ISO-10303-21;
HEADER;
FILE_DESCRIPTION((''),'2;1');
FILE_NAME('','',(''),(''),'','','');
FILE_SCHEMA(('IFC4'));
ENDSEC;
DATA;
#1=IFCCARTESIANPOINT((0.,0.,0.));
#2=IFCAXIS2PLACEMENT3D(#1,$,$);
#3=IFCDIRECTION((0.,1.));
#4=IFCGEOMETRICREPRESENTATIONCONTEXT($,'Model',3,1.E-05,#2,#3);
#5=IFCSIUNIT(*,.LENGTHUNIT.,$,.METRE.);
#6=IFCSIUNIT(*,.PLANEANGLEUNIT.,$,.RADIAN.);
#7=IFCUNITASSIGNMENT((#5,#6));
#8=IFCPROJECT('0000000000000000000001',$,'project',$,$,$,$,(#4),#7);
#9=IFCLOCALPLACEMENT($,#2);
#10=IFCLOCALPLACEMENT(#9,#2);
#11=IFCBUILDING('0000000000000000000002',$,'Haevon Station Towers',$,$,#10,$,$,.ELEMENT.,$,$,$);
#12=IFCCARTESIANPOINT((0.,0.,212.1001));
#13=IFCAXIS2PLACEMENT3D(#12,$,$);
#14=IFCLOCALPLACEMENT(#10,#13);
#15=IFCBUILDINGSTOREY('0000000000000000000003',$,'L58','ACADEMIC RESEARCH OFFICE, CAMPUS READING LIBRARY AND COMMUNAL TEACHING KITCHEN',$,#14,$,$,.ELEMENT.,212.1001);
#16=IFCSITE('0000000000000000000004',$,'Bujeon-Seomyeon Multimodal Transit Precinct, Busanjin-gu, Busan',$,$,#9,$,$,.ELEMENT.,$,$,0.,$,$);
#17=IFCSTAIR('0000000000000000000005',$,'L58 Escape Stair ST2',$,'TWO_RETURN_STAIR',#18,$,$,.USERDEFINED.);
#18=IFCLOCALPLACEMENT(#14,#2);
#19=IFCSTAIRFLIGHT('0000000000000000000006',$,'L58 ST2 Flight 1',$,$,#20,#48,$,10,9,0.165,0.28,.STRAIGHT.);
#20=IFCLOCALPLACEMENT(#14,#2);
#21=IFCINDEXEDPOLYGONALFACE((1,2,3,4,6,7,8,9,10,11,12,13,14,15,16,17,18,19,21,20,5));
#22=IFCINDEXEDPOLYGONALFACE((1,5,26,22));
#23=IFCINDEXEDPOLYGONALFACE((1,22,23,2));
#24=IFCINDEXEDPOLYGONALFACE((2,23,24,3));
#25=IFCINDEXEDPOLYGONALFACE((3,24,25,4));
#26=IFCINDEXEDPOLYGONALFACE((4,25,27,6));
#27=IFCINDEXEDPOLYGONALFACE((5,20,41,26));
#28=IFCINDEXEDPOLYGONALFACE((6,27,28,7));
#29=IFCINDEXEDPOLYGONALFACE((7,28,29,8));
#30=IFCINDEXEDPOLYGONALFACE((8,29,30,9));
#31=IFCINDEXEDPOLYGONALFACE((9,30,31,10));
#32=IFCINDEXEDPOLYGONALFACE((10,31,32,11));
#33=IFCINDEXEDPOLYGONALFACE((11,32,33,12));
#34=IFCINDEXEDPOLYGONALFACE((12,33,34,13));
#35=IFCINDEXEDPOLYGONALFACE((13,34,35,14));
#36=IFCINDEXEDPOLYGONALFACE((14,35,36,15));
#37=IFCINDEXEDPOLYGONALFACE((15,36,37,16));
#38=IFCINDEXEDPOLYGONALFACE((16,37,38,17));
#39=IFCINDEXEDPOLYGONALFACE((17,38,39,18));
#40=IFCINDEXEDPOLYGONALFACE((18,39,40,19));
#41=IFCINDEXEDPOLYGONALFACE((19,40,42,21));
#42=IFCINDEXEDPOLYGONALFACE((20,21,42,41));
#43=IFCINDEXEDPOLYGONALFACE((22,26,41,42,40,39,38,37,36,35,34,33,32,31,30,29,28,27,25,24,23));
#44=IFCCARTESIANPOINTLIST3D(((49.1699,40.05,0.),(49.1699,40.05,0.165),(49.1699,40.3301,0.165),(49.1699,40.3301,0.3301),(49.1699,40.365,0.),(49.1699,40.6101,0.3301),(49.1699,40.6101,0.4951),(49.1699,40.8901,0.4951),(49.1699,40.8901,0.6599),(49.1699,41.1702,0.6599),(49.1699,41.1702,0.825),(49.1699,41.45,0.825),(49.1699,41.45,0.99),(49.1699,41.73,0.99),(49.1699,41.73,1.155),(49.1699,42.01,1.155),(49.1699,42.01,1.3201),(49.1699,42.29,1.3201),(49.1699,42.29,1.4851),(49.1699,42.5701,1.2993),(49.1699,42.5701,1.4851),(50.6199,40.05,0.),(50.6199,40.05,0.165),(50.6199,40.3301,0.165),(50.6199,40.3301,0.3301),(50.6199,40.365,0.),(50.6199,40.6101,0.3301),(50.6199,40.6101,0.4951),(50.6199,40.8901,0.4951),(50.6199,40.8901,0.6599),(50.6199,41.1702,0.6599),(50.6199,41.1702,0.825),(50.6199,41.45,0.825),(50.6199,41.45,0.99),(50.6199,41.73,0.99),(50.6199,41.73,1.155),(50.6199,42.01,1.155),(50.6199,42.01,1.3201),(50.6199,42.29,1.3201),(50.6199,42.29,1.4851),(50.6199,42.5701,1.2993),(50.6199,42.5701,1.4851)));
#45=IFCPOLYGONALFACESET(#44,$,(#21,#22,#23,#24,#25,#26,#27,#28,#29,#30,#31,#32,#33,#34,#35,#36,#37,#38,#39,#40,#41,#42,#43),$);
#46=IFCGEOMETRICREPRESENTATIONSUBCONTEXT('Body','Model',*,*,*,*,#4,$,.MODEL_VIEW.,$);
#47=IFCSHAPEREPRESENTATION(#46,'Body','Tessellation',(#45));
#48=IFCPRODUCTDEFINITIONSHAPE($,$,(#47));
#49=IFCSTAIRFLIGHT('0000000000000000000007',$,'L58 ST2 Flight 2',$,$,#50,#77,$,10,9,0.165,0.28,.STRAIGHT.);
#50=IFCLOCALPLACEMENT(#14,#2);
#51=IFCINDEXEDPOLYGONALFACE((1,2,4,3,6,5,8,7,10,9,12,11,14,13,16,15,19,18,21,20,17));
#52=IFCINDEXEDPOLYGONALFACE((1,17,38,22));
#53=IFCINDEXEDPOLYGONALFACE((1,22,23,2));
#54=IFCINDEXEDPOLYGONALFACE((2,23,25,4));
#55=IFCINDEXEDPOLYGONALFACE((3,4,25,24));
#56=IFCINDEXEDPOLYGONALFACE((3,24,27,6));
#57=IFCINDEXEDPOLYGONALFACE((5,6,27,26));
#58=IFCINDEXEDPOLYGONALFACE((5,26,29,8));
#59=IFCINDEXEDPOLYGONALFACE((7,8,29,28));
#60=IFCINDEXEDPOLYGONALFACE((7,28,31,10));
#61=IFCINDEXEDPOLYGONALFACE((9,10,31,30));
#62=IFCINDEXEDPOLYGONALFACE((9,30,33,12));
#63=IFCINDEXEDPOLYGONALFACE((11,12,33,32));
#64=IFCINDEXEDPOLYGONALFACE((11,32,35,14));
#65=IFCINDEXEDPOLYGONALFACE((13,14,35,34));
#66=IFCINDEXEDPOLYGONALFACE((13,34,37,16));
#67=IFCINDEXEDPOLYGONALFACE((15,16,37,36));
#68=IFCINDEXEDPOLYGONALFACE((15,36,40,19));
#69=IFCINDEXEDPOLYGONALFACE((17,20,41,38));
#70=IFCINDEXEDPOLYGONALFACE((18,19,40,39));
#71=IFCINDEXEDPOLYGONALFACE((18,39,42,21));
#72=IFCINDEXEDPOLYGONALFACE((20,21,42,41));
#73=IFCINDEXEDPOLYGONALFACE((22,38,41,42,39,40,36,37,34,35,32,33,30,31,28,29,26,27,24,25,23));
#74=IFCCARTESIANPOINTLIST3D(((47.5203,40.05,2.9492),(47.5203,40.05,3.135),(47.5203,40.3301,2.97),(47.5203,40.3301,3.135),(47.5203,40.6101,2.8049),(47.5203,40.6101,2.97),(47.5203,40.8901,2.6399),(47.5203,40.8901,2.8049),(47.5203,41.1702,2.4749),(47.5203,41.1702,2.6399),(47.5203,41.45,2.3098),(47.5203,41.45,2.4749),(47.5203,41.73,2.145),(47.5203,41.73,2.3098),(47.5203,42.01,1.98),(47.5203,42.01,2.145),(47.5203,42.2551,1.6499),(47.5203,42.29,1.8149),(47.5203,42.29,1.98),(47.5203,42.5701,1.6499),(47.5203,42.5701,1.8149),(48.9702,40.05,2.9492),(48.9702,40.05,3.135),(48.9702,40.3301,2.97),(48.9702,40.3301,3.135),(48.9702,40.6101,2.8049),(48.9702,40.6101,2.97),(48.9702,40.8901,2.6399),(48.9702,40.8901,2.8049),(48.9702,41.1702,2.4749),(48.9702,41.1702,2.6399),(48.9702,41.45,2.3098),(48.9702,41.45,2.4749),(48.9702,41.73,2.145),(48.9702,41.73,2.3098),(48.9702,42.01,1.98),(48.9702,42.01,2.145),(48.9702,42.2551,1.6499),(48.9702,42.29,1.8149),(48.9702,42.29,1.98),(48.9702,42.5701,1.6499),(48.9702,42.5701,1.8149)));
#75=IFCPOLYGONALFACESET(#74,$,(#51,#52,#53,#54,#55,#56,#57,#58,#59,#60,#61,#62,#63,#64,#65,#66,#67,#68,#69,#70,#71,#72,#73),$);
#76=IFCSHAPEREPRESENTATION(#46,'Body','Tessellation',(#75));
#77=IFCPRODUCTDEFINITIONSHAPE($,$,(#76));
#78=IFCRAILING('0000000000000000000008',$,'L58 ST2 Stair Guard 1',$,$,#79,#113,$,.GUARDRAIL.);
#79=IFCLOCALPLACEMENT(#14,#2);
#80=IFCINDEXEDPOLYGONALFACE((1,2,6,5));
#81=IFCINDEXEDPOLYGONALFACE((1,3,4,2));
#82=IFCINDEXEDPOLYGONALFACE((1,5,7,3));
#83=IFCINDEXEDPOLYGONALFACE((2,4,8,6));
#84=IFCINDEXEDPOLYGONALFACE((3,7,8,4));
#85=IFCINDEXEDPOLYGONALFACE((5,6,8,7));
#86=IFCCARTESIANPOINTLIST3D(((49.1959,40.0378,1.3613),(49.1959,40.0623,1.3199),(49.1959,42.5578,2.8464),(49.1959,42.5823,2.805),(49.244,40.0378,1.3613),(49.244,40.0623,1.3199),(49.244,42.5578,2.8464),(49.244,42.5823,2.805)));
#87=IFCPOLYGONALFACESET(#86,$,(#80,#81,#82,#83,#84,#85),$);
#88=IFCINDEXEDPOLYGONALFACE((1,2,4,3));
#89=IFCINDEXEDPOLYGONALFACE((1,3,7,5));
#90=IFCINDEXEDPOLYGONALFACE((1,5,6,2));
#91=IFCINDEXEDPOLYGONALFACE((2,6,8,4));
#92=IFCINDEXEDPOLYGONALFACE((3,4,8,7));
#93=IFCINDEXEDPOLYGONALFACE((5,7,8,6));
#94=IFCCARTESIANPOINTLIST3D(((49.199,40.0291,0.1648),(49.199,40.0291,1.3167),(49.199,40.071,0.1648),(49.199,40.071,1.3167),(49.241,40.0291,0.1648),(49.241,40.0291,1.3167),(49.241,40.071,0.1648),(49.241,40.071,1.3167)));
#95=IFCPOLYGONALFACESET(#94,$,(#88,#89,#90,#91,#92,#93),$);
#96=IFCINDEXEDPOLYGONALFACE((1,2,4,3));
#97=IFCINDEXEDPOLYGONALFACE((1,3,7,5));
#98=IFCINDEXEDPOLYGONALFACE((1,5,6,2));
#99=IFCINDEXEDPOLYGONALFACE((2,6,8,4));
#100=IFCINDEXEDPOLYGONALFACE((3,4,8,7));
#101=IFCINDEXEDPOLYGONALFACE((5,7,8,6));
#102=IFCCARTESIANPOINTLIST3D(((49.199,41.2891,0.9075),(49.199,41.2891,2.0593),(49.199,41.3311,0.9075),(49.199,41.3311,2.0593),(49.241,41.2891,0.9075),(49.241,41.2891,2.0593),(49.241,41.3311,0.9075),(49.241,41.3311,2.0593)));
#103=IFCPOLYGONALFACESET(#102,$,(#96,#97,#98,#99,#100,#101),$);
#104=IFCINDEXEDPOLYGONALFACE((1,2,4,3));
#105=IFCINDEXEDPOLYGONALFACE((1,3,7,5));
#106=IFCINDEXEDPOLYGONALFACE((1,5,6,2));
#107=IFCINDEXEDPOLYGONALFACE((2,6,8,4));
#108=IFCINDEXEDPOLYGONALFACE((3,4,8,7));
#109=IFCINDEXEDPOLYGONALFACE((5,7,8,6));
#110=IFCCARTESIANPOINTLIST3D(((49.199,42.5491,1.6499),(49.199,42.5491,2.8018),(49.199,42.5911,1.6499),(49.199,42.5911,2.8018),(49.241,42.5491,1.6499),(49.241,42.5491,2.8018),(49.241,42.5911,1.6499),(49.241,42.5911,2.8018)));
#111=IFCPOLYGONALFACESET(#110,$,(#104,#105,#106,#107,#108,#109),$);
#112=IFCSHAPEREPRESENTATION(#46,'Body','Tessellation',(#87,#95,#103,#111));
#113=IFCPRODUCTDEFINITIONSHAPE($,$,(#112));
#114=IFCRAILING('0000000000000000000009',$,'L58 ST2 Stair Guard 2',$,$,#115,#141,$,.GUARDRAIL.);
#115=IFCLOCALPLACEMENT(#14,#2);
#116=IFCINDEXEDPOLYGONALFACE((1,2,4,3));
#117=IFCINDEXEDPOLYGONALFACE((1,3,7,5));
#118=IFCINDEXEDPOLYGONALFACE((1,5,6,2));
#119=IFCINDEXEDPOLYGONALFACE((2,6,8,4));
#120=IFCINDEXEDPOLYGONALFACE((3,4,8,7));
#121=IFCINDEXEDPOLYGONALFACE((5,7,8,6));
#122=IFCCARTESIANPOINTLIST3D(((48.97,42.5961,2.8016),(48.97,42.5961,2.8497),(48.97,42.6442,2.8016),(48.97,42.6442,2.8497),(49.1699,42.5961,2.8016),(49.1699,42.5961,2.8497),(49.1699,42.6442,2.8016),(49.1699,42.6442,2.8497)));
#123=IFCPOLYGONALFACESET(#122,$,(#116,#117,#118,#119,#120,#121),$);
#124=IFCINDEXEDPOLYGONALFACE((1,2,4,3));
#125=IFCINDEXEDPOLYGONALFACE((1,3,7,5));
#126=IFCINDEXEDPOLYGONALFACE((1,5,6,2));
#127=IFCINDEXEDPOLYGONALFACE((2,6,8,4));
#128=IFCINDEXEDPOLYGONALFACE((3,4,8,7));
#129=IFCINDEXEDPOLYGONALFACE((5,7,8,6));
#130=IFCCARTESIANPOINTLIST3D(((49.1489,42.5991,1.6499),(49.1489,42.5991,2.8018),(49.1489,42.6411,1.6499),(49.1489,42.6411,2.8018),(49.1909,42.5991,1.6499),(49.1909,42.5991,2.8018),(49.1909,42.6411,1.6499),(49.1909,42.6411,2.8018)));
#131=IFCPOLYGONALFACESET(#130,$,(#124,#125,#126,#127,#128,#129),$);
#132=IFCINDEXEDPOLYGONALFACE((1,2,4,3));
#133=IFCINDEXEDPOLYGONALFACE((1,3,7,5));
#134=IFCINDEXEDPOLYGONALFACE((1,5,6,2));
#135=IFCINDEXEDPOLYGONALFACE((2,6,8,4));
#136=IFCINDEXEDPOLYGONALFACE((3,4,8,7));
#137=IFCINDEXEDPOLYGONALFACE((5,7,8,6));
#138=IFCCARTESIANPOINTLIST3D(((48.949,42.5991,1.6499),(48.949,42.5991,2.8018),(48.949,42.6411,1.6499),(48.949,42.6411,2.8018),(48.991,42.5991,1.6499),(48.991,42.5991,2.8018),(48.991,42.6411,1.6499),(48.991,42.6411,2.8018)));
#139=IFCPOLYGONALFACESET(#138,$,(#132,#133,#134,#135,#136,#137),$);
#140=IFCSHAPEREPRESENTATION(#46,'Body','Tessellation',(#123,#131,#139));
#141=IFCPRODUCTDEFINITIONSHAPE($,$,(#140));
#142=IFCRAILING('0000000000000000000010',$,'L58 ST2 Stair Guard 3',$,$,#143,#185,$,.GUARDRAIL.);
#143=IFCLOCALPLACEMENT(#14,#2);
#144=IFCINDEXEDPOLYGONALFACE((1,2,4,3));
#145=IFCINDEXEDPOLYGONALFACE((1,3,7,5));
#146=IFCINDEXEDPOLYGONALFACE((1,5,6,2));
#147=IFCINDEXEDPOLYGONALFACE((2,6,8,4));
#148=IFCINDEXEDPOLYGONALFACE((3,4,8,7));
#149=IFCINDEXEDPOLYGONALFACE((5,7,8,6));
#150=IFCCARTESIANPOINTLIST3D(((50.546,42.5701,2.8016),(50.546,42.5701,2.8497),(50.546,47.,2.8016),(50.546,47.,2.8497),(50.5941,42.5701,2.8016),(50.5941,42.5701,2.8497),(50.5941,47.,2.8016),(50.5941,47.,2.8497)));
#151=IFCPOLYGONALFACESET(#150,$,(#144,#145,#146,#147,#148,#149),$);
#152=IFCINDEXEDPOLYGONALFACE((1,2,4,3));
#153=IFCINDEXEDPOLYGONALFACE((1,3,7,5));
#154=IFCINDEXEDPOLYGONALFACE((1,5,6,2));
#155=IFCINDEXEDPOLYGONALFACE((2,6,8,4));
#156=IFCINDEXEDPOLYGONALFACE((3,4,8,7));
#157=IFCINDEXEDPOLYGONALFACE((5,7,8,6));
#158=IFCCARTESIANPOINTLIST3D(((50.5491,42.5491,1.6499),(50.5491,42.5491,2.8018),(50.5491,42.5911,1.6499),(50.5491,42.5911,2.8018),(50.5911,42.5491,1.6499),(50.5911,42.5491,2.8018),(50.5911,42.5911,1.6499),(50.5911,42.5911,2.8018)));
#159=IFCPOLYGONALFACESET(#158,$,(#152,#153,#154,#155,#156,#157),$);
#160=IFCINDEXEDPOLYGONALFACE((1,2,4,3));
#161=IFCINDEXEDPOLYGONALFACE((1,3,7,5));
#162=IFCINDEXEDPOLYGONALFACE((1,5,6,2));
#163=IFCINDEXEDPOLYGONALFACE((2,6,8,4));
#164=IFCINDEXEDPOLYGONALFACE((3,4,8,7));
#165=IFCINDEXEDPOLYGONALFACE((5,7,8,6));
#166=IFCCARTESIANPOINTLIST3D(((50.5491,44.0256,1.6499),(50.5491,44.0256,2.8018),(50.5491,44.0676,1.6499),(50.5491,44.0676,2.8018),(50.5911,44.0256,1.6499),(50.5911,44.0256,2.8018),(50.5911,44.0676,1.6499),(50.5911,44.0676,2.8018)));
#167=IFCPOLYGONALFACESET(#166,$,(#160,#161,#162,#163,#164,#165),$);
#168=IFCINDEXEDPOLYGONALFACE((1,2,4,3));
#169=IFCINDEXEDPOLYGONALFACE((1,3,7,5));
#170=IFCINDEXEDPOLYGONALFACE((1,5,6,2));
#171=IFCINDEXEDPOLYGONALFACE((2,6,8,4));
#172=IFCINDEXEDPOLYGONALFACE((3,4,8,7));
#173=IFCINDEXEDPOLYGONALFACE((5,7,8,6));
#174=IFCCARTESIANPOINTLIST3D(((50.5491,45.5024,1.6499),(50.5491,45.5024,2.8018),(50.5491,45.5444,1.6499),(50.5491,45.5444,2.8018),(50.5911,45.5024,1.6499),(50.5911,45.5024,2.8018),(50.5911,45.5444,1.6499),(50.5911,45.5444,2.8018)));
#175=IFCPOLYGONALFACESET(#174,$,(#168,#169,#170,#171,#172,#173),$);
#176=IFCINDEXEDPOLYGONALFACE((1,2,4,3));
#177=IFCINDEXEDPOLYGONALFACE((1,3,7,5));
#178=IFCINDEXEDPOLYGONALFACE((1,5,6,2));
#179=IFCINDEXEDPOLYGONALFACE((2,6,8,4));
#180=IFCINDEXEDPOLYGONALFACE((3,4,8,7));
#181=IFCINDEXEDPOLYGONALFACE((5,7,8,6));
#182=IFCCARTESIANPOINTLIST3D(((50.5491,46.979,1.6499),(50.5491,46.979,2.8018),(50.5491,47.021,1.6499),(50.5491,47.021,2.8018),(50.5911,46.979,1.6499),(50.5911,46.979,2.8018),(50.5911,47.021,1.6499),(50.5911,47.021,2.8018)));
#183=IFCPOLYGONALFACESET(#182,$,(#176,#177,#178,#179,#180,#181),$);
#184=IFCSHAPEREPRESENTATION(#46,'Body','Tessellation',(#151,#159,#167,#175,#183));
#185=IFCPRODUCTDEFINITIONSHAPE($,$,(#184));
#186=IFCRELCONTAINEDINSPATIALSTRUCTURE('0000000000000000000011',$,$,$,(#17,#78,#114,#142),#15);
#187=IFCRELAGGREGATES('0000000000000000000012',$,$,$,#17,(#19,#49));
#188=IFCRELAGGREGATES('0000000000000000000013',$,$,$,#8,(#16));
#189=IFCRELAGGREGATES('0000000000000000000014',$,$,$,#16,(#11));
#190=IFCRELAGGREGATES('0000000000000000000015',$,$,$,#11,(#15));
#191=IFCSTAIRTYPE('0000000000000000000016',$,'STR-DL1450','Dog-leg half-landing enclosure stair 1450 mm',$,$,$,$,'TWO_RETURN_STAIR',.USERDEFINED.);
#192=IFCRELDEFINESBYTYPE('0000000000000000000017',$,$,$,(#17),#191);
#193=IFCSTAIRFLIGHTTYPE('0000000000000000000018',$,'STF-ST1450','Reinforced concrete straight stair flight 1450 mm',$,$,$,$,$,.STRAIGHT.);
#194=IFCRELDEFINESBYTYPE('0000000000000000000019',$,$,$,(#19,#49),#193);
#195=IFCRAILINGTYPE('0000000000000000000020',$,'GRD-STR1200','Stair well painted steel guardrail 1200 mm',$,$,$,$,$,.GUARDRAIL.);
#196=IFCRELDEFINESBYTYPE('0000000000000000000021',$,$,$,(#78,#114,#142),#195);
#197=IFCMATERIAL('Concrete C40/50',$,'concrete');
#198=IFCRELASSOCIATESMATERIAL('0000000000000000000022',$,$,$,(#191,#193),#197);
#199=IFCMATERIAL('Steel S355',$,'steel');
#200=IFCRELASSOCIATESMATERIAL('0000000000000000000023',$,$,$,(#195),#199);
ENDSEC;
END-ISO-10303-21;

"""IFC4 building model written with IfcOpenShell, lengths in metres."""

from ifc_helpers import new_model, si_unit, direction, frame, origin, origin_2d, place, context, subcontext, project, spatial, polyline, rectangle, outline, extrude, material, type_object, element, aggregate, save


model = new_model("IFC4")

# Units and contexts
model_context = context("Model", 3, precision=1e-05, world=origin(), true_north=direction((0.0, 1.0)))
body_context = subcontext(model_context, "Body", "Model", "MODEL_VIEW")
ifc_project = project(units=[si_unit("LENGTHUNIT", "METRE"), si_unit("PLANEANGLEUNIT", "RADIAN")], contexts=[model_context])

# Site, building, storey
site_placement = place(None, origin())
site = spatial("IfcSite", under=ifc_project, at=site_placement, Name="Bujeon-Seomyeon Multimodal Transit Precinct, Busanjin-gu, Busan", CompositionType="ELEMENT", RefElevation=0.0)
building_placement = place(site_placement, origin())
building = spatial("IfcBuilding", under=site, at=building_placement, Name="Haevon Station Towers", CompositionType="ELEMENT")
storey_placement = place(building_placement, frame((0.0, 0.0, 212.1001)))
storey = spatial("IfcBuildingStorey", under=building, at=storey_placement, Name="L58", Description="ACADEMIC RESEARCH OFFICE, CAMPUS READING LIBRARY AND COMMUNAL TEACHING KITCHEN", CompositionType="ELEMENT", Elevation=212.1001)

# Shared definitions
ifc_material_1 = material(Name="Steel S355", Category="steel")

# Stair, stair flights
ifc_material_2 = material(Name="Concrete C40/50", Category="concrete")
stair_type = type_object("IfcStairType", Name="STR-DL1450", Description="Dog-leg half-landing enclosure stair 1450 mm", ElementType="TWO_RETURN_STAIR", PredefinedType="USERDEFINED", material=ifc_material_2)
stair_placement = place(storey_placement, origin())
stair = element("IfcStair", 1, at=stair_placement, inside=storey, type_object=stair_type, Name="L58 Escape Stair ST2", ObjectType="TWO_RETURN_STAIR", PredefinedType="USERDEFINED")
stair_flight_type = type_object("IfcStairFlightType", Name="STF-ST1450", Description="Reinforced concrete straight stair flight 1450 mm", PredefinedType="STRAIGHT", material=ifc_material_2)
stair_flight_1_placement = place(storey_placement, frame((49.895, 40.05, 0.0), z_axis=(0.0, 0.0, 1.0), x_axis=(0.0, 1.0, 0.0)))
stair_flight_1 = element("IfcStairFlight", 2, at=stair_flight_1_placement, type_object=stair_flight_type, Name="L58 ST2 Flight 1", NumberOfRisers=10, NumberOfTreads=9, PredefinedType="STRAIGHT", RiserHeight=0.165, TreadLength=0.28, context=body_context, shape_type="SweptSolid", body=[
    extrude(outline(polyline([(0.0, 0.0), (0.0, 0.165), (0.28, 0.165), (0.28, 0.3301), (0.5601, 0.3301), (0.5601, 0.4951), (0.8401, 0.4951), (0.8401, 0.6599), (1.1201, 0.6599), (1.1201, 0.825), (1.3999, 0.825), (1.3999, 0.99), (1.6799, 0.99), (1.6799, 1.155), (1.96, 1.155), (1.96, 1.3201), (2.24, 1.3201), (2.24, 1.4851), (2.52, 1.4851), (2.52, 1.6499), (2.52, 1.2993), (0.3149, 0.0), (0.0, 0.0)])), frame((0.0, 0.7251, 0.0), z_axis=(0.0, -1.0, 0.0), x_axis=(1.0, 0.0, 0.0)), (0.0, 0.0, 1.0), 1.45),
])
stair_flight_2_placement = place(storey_placement, frame((48.2451, 42.5701, 1.6499), z_axis=(0.0, 0.0, 1.0), x_axis=(0.0, -1.0, 0.0)))
stair_flight_2 = element("IfcStairFlight", 3, at=stair_flight_2_placement, type_object=stair_flight_type, Name="L58 ST2 Flight 2", NumberOfRisers=10, NumberOfTreads=9, PredefinedType="STRAIGHT", RiserHeight=0.165, TreadLength=0.28, context=body_context, shape_type="SweptSolid", body=[
    extrude(outline(polyline([(0.0, 0.0), (0.0, 0.165), (0.28, 0.165), (0.28, 0.3301), (0.5601, 0.3301), (0.5601, 0.4951), (0.8401, 0.4951), (0.8401, 0.6599), (1.1201, 0.6599), (1.1201, 0.825), (1.3999, 0.825), (1.3999, 0.99), (1.6799, 0.99), (1.6799, 1.155), (1.96, 1.155), (1.96, 1.3201), (2.24, 1.3201), (2.24, 1.4851), (2.52, 1.4851), (2.52, 1.6499), (2.52, 1.2993), (0.3149, 0.0), (0.0, 0.0)])), frame((0.0, 0.7251, 0.0), z_axis=(0.0, -1.0, 0.0), x_axis=(1.0, 0.0, 0.0)), (0.0, 0.0, 1.0), 1.45),
])
aggregate(stair, [stair_flight_1, stair_flight_2])

# Railings
railing_type_1 = type_object("IfcRailingType", Name="GRD-STR1200", Description="Stair well painted steel guardrail 1200 mm", PredefinedType="GUARDRAIL", material=ifc_material_1)
railing_1_placement = place(storey_placement, frame((49.22, 40.05, 0.1648)))
element("IfcRailing", 4, at=railing_1_placement, inside=storey, type_object=railing_type_1, Name="L58 ST2 Stair Guard 1", PredefinedType="GUARDRAIL", context=body_context, shape_type="SweptSolid", body=[
    extrude(rectangle(XDim=0.0481, YDim=0.0481, at=origin_2d()), frame((0.0, 0.0, 1.1758), z_axis=(0.0, 0.861524, 0.507717), x_axis=(-1.0, 0.0, 0.0)), (0.0, 0.0, 1.0), 2.925),
    extrude(rectangle(XDim=0.042, YDim=0.042, at=origin_2d()), origin(), (0.0, 0.0, 1.0), 1.1519),
    extrude(rectangle(XDim=0.042, YDim=0.042, at=origin_2d()), frame((0.0, 1.26, 0.7427)), (0.0, 0.0, 1.0), 1.1519),
    extrude(rectangle(XDim=0.042, YDim=0.042, at=origin_2d()), frame((0.0, 2.52, 1.4851)), (0.0, 0.0, 1.0), 1.1519),
])
railing_2_placement = place(storey_placement, frame((49.1699, 42.6201, 1.6499)))
element("IfcRailing", 5, at=railing_2_placement, inside=storey, type_object=railing_type_1, Name="L58 ST2 Stair Guard 2", PredefinedType="GUARDRAIL", context=body_context, shape_type="SweptSolid", body=[
    extrude(rectangle(XDim=0.0481, YDim=0.0481, at=origin_2d()), frame((0.0, 0.0, 1.1758), z_axis=(-1.0, 0.0, 0.0), x_axis=(0.0, -1.0, 0.0)), (0.0, 0.0, 1.0), 0.2),
    extrude(rectangle(XDim=0.042, YDim=0.042, at=origin_2d()), origin(), (0.0, 0.0, 1.0), 1.1519),
    extrude(rectangle(XDim=0.042, YDim=0.042, at=origin_2d()), frame((-0.2, 0.0, 0.0)), (0.0, 0.0, 1.0), 1.1519),
])
for number, where, name in (
    (6, (50.5701, 42.5701, 1.6499), "L58 ST2 Stair Guard 3"),
):
    element("IfcRailing", number, at=place(storey_placement, frame(where)), inside=storey, type_object=railing_type_1, Name=name, PredefinedType="GUARDRAIL", context=body_context, shape_type="SweptSolid", body=[
        extrude(rectangle(XDim=0.0481, YDim=0.0481, at=origin_2d()), frame((0.0, 0.0, 1.1758), z_axis=(0.0, 1.0, 0.0), x_axis=(-1.0, 0.0, 0.0)), (0.0, 0.0, 1.0), 4.4299),
        extrude(rectangle(XDim=0.042, YDim=0.042, at=origin_2d()), origin(), (0.0, 0.0, 1.0), 1.1519),
        extrude(rectangle(XDim=0.042, YDim=0.042, at=origin_2d()), frame((0.0, 1.4766, 0.0)), (0.0, 0.0, 1.0), 1.1519),
        extrude(rectangle(XDim=0.042, YDim=0.042, at=origin_2d()), frame((0.0, 2.9534, 0.0)), (0.0, 0.0, 1.0), 1.1519),
        extrude(rectangle(XDim=0.042, YDim=0.042, at=origin_2d()), frame((0.0, 4.4299, 0.0)), (0.0, 0.0, 1.0), 1.1519),
    ])

save(model, "model.ifc")
